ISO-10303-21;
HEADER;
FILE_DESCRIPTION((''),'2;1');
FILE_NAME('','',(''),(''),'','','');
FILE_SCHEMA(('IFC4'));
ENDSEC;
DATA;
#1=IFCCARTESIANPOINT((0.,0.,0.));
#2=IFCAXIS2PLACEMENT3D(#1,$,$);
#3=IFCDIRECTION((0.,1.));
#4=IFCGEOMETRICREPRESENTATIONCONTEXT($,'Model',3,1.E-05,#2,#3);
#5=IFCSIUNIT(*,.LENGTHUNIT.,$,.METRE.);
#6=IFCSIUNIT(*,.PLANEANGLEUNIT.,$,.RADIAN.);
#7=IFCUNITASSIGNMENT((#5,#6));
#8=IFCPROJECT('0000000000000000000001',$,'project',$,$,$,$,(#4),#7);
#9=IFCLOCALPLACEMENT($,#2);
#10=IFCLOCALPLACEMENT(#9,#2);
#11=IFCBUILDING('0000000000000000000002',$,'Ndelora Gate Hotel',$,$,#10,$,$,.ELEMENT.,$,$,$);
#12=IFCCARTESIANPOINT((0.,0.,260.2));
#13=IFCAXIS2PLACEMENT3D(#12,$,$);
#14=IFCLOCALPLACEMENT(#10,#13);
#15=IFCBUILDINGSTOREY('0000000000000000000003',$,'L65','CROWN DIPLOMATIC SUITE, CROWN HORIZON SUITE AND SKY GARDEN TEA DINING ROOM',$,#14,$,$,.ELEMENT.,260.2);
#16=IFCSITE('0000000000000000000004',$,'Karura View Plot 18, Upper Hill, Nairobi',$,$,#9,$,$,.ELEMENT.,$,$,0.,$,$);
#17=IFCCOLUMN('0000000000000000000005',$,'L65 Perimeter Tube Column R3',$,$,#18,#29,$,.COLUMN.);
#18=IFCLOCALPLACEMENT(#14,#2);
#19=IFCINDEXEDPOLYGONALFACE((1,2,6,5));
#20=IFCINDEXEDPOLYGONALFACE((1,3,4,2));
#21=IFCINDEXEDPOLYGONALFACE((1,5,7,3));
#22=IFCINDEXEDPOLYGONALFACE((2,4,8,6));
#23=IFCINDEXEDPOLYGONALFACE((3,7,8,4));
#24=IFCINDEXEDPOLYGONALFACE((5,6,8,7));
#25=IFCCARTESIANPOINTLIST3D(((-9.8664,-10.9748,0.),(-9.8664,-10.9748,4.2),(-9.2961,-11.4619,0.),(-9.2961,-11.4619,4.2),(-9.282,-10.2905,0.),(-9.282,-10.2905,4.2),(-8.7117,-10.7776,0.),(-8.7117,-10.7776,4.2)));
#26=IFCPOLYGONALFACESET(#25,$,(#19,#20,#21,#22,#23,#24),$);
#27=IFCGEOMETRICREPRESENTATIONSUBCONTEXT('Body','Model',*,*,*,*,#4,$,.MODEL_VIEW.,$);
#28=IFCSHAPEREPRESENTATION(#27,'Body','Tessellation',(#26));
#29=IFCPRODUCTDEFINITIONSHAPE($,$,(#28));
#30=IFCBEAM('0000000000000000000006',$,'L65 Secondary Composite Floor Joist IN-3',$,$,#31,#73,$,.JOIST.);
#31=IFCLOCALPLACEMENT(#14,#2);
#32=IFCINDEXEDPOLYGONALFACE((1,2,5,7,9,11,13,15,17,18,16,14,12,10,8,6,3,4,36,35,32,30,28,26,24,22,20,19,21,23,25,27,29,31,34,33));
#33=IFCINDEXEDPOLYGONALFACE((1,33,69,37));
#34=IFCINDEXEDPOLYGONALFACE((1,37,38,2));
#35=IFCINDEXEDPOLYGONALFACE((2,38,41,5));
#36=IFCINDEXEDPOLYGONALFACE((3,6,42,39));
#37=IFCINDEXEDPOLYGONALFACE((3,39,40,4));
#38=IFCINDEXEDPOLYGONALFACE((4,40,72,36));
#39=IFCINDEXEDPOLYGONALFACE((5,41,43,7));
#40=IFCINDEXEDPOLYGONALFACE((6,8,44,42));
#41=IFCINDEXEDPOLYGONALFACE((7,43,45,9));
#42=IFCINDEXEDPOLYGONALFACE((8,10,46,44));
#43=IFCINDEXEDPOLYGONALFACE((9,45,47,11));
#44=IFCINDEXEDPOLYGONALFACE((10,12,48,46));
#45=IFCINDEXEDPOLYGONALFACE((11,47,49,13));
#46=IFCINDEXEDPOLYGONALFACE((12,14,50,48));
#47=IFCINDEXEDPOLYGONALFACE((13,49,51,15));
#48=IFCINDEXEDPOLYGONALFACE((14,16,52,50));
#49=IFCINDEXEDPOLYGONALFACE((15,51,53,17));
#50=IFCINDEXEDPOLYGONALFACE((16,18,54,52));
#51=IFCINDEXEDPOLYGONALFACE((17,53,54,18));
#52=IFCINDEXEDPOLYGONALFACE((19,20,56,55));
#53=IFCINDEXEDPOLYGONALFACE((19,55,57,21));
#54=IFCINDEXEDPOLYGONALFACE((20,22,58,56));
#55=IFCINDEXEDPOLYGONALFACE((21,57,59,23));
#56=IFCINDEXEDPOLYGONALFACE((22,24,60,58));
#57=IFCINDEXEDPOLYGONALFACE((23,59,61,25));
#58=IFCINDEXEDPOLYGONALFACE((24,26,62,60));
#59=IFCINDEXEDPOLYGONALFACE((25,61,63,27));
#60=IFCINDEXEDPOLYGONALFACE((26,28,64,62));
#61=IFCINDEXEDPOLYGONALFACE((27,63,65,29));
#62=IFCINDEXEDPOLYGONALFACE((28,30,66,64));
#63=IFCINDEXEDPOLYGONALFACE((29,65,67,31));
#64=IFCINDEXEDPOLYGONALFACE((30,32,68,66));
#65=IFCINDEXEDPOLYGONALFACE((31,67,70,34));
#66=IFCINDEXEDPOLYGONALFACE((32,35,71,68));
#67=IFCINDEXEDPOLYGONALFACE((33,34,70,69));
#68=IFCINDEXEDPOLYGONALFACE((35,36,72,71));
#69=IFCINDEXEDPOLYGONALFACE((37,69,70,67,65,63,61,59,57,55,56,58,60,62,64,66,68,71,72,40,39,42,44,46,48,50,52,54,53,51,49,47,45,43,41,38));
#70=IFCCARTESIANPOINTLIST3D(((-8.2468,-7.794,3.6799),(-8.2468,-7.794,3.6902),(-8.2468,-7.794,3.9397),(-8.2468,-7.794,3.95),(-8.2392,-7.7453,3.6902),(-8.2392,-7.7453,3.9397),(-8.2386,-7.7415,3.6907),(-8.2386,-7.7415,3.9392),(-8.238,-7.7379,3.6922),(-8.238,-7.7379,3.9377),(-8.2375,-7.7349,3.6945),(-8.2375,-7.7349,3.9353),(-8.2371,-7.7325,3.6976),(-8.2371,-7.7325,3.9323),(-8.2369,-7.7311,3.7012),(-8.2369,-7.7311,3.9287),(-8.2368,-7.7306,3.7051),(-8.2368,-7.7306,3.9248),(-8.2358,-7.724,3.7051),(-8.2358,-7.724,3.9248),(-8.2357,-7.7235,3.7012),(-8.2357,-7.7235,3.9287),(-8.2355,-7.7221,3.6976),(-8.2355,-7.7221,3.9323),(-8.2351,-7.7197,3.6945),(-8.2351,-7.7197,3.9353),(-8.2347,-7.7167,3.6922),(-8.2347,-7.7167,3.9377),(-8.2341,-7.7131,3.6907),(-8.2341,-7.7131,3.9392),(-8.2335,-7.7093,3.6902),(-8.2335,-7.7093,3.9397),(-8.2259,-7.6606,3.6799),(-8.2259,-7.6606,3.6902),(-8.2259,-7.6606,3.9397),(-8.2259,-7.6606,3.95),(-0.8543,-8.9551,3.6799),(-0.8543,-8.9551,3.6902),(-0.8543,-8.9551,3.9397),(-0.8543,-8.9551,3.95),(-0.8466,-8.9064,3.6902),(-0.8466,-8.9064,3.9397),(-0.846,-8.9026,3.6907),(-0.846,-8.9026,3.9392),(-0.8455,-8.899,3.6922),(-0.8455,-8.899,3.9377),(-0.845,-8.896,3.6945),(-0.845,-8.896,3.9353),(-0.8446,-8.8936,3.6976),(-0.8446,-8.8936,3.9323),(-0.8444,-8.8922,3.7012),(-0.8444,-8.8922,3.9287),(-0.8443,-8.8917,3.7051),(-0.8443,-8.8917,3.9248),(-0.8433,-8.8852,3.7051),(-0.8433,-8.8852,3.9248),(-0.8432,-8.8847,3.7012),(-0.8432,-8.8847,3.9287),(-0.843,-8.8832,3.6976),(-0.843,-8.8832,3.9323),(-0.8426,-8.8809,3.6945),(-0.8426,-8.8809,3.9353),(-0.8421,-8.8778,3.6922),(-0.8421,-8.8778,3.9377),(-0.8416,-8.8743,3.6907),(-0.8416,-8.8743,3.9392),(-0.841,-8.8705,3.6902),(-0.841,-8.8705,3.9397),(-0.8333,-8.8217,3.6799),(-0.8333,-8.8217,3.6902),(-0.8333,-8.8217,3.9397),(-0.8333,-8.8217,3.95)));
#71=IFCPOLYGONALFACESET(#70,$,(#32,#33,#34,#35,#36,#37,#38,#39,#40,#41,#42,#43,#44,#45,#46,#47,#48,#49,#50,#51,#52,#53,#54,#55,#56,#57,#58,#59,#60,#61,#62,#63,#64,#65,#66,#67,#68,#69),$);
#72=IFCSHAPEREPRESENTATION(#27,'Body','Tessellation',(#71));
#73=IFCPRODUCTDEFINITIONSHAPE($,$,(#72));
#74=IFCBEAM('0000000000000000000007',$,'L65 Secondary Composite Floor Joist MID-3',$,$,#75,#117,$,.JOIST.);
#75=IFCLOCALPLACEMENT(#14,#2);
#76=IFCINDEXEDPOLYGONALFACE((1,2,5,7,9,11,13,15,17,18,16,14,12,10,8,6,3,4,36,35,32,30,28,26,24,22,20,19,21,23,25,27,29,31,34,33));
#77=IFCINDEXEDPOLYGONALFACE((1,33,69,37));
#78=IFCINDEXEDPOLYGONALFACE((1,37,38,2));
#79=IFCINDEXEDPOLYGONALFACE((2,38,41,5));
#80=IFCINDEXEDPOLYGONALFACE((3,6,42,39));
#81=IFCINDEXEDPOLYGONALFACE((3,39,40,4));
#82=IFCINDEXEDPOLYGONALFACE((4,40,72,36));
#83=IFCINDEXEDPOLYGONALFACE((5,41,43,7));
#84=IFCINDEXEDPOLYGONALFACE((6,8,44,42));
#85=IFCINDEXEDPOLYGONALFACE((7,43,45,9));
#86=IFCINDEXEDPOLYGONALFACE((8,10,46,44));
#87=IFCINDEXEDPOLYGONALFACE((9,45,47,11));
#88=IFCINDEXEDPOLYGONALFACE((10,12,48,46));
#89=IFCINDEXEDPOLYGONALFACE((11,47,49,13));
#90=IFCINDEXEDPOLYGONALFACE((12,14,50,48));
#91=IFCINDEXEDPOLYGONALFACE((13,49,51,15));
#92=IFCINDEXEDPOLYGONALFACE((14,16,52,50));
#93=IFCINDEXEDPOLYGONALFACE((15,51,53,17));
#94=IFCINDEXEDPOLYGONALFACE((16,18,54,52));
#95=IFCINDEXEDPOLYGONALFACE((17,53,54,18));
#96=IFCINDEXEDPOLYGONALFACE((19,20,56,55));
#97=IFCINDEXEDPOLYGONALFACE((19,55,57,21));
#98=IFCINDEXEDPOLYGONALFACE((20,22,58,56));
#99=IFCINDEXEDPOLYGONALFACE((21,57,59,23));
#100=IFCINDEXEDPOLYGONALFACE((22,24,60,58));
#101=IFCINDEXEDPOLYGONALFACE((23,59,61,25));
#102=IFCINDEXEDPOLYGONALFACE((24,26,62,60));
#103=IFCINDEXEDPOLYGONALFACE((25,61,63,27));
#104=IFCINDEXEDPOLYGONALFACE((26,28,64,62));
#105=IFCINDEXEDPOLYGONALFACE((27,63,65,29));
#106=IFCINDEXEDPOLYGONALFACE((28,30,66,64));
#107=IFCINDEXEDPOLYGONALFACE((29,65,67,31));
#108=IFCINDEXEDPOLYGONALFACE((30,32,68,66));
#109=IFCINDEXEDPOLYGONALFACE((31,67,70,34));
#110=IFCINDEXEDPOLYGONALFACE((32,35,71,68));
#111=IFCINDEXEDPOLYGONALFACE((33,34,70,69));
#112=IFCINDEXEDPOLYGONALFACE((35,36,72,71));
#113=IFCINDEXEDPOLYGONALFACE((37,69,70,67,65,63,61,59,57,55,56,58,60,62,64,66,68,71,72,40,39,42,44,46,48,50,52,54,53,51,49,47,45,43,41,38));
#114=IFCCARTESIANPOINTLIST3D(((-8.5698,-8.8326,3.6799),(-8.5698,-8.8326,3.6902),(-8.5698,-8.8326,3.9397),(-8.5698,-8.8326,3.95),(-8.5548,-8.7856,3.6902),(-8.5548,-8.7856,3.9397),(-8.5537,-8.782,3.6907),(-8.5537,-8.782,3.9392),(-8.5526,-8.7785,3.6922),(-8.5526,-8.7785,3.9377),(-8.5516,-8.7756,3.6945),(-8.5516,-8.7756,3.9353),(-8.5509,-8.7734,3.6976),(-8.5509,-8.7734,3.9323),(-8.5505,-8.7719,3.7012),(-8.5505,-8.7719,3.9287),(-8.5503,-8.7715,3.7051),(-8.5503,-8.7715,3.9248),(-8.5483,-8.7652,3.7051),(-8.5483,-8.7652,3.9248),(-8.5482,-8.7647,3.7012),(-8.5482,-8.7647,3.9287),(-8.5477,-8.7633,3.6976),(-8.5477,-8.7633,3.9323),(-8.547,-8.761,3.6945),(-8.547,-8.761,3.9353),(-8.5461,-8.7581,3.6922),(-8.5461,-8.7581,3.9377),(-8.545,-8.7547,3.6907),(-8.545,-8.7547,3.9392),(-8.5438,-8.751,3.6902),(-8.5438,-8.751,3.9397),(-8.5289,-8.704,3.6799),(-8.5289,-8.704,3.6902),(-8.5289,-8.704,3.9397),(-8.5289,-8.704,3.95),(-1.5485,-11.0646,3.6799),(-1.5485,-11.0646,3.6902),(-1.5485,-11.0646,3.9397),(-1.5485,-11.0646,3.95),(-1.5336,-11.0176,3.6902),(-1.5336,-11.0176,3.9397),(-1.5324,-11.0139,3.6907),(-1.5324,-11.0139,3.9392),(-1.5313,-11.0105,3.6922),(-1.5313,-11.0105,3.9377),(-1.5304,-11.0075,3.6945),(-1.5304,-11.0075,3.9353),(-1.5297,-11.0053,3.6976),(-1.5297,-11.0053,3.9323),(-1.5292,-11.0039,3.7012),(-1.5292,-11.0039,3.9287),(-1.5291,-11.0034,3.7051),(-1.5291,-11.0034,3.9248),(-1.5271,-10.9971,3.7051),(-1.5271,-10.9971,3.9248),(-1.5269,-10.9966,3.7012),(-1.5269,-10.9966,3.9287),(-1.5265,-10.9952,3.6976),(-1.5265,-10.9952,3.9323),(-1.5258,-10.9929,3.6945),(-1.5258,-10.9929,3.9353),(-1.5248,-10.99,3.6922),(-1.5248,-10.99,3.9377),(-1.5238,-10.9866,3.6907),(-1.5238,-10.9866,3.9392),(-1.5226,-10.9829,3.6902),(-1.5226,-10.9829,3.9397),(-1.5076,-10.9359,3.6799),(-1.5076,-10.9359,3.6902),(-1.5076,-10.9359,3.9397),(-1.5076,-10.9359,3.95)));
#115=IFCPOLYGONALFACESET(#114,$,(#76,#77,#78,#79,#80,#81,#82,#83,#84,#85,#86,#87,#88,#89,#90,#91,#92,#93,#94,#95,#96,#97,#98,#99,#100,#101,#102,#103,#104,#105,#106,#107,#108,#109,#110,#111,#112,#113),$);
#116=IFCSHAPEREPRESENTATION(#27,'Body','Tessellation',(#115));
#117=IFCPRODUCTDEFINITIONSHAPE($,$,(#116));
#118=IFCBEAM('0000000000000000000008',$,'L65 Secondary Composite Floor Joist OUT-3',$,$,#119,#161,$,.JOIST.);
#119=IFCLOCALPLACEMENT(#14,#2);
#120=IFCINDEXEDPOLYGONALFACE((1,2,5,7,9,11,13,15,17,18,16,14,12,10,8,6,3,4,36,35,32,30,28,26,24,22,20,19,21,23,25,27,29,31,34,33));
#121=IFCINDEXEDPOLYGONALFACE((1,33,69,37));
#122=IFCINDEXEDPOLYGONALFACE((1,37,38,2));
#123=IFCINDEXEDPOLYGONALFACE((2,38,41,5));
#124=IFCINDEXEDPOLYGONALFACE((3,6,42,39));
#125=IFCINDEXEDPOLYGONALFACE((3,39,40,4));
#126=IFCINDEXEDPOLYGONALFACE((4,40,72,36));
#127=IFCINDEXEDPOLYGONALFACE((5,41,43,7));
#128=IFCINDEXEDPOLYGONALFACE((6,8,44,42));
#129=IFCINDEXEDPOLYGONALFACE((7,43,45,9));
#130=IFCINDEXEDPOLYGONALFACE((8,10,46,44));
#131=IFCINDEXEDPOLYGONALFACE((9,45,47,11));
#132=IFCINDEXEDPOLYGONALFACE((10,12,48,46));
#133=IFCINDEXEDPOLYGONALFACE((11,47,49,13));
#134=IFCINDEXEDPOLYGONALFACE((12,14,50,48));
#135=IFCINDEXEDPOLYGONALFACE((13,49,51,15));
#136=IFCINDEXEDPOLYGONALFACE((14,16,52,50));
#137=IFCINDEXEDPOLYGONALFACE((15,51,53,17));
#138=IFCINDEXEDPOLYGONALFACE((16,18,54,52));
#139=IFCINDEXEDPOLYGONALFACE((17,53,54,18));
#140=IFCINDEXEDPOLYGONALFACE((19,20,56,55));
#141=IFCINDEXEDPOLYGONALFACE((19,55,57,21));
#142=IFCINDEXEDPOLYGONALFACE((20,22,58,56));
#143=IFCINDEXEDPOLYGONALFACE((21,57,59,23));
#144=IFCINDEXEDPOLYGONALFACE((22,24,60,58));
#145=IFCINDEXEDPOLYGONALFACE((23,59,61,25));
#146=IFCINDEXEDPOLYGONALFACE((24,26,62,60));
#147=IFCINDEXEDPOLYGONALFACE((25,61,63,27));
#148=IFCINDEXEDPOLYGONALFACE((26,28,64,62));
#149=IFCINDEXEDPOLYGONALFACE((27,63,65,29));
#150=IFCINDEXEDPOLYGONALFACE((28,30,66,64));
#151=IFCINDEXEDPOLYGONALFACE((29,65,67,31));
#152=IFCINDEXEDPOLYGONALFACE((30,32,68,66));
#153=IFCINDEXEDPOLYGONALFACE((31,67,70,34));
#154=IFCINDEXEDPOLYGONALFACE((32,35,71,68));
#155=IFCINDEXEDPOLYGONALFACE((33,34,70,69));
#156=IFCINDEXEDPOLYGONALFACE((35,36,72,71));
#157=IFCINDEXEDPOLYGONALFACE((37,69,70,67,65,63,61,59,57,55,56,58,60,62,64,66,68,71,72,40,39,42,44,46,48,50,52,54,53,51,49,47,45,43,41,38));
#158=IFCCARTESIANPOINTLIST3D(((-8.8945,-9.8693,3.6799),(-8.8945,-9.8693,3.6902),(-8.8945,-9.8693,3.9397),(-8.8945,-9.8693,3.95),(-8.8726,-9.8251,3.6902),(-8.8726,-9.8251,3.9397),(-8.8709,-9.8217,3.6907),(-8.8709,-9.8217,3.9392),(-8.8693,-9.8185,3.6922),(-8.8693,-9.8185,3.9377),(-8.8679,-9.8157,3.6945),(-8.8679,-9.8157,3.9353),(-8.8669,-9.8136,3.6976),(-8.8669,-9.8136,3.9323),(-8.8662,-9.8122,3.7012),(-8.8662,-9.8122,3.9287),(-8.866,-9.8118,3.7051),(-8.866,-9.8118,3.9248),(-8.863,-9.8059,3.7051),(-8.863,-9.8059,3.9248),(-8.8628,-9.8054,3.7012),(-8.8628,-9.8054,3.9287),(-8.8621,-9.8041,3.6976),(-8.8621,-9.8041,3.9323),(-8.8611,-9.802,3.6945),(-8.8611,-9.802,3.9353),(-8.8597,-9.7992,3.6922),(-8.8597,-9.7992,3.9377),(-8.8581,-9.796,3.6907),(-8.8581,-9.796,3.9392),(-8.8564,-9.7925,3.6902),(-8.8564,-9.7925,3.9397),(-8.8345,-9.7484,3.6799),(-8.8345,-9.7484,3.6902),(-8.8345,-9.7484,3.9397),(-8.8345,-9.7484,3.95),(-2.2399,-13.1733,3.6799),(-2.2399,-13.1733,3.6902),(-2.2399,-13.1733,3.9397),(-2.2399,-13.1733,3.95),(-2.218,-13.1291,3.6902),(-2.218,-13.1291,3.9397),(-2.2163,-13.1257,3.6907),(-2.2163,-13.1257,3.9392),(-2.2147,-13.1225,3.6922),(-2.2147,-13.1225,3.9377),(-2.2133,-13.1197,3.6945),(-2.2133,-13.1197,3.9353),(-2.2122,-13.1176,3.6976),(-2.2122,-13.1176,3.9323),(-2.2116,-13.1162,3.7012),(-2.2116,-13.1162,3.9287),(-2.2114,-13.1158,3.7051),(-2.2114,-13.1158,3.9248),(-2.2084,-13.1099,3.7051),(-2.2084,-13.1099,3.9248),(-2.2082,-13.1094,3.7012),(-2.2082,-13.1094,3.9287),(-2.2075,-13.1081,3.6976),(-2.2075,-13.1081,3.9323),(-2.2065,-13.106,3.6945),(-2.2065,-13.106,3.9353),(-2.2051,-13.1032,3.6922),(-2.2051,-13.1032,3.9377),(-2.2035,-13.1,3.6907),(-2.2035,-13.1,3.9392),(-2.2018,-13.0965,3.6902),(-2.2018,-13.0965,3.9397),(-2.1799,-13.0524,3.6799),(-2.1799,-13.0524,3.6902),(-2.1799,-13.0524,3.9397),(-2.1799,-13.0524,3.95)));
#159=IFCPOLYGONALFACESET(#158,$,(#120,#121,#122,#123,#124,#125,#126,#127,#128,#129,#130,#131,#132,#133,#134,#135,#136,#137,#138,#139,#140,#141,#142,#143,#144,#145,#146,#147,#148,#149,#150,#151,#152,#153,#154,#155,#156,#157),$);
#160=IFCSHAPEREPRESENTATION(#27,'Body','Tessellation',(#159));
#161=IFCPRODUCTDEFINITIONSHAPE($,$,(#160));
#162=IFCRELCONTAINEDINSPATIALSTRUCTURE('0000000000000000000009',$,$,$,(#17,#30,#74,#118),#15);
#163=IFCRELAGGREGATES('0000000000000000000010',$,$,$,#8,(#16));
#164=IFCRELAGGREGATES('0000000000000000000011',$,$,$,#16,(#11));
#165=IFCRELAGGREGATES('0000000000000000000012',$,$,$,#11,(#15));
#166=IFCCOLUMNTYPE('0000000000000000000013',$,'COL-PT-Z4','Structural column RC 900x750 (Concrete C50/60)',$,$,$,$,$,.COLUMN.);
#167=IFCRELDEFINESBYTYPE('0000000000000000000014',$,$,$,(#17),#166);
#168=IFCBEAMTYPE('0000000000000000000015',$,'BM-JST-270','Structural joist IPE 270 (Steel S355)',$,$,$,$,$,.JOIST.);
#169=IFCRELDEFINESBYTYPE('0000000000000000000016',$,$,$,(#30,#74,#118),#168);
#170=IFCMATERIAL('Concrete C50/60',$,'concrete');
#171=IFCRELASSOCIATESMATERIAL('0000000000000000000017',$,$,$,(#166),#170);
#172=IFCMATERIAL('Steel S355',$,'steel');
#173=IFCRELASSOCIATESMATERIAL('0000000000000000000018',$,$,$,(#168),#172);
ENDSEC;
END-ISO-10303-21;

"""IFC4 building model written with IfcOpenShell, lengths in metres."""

from ifc_helpers import new_model, si_unit, direction, frame, origin, origin_2d, place, context, subcontext, project, spatial, rectangle, i_section, extrude, material, material_profile, profile_set, type_object, element, save


model = new_model("IFC4")

# Units and contexts
model_context = context("Model", 3, precision=1e-05, world=origin(), true_north=direction((0.0, 1.0)))
body_context = subcontext(model_context, "Body", "Model", "MODEL_VIEW")
ifc_project = project(units=[si_unit("LENGTHUNIT", "METRE"), si_unit("PLANEANGLEUNIT", "RADIAN")], contexts=[model_context])

# Site, building, storey
site_placement = place(None, origin())
site = spatial("IfcSite", under=ifc_project, at=site_placement, Name="Karura View Plot 18, Upper Hill, Nairobi", CompositionType="ELEMENT", RefElevation=0.0)
building_placement = place(site_placement, origin())
building = spatial("IfcBuilding", under=site, at=building_placement, Name="Ndelora Gate Hotel", CompositionType="ELEMENT")
storey_placement = place(building_placement, frame((0.0, 0.0, 260.2)))
storey = spatial("IfcBuildingStorey", under=building, at=storey_placement, Name="L65", Description="CROWN DIPLOMATIC SUITE, CROWN HORIZON SUITE AND SKY GARDEN TEA DINING ROOM", CompositionType="ELEMENT", Elevation=260.2)

# Column
ifc_material_1 = material(Name="Concrete C50/60", Category="concrete")
ifc_material_profile_1 = material_profile(ifc_material_1, rectangle(XDim=0.75, YDim=0.8999, at=origin_2d()), Name="RC 900x750")
ifc_profile_set_1 = profile_set([ifc_material_profile_1], Name="Concrete C50/60")
column_type = type_object("IfcColumnType", Name="COL-PT-Z4", Description="Structural column RC 900x750 (Concrete C50/60)", PredefinedType="COLUMN", material=ifc_profile_set_1)
column_placement = place(storey_placement, frame((-9.2891, -10.8762, 0.0), z_axis=(0.0, 0.0, 1.0), x_axis=(-0.760406, 0.649448, 0.0)))
element("IfcColumn", 1, at=column_placement, inside=storey, type_object=column_type, Name="L65 Perimeter Tube Column R3", PredefinedType="COLUMN", context=body_context, shape_type="SweptSolid", body=[
    extrude(rectangle(XDim=0.75, YDim=0.8999, at=origin_2d()), origin(), (0.0, 0.0, 1.0), 4.2),
])

# Beams
ifc_material_2 = material(Name="Steel S355", Category="steel")
ifc_material_profile_2 = material_profile(ifc_material_2, i_section(OverallWidth=0.135, OverallDepth=0.27, WebThickness=0.0066, FlangeThickness=0.0103, FilletRadius=0.0149, at=origin_2d()), Name="IPE 270")
ifc_profile_set_2 = profile_set([ifc_material_profile_2], Name="Steel S355")
beam_type_1 = type_object("IfcBeamType", Name="BM-JST-270", Description="Structural joist IPE 270 (Steel S355)", PredefinedType="JOIST", material=ifc_profile_set_2)
beam_1_placement = place(storey_placement, frame((-8.2363, -7.7273, 3.8149), z_axis=(0.987889, -0.155165, 0.0), x_axis=(0.155165, 0.987889, 0.0)))
element("IfcBeam", 2, at=beam_1_placement, inside=storey, type_object=beam_type_1, Name="L65 Secondary Composite Floor Joist IN-3", PredefinedType="JOIST", context=body_context, shape_type="SweptSolid", body=[
    extrude(i_section(OverallWidth=0.135, OverallDepth=0.27, WebThickness=0.0066, FlangeThickness=0.0103, FilletRadius=0.0149, at=origin_2d()), origin(), (0.0, 0.0, 1.0), 7.4832),
])
beam_2_placement = place(storey_placement, frame((-8.5493, -8.7683, 3.8149), z_axis=(0.953008, -0.302945, 0.0), x_axis=(0.302945, 0.953008, 0.0)))
element("IfcBeam", 3, at=beam_2_placement, inside=storey, type_object=beam_type_1, Name="L65 Secondary Composite Floor Joist MID-3", PredefinedType="JOIST", context=body_context, shape_type="SweptSolid", body=[
    extrude(i_section(OverallWidth=0.135, OverallDepth=0.27, WebThickness=0.0066, FlangeThickness=0.0103, FilletRadius=0.0149, at=origin_2d()), origin(), (0.0, 0.0, 1.0), 7.3674),
])
beam_3_placement = place(storey_placement, frame((-8.8645, -9.8088, 3.8149), z_axis=(0.895679, -0.444701, 0.0), x_axis=(0.444701, 0.895679, 0.0)))
element("IfcBeam", 4, at=beam_3_placement, inside=storey, type_object=beam_type_1, Name="L65 Secondary Composite Floor Joist OUT-3", PredefinedType="JOIST", context=body_context, shape_type="SweptSolid", body=[
    extrude(i_section(OverallWidth=0.135, OverallDepth=0.27, WebThickness=0.0066, FlangeThickness=0.0103, FilletRadius=0.0149, at=origin_2d()), origin(), (0.0, 0.0, 1.0), 7.4297),
])

save(model, "model.ifc")
